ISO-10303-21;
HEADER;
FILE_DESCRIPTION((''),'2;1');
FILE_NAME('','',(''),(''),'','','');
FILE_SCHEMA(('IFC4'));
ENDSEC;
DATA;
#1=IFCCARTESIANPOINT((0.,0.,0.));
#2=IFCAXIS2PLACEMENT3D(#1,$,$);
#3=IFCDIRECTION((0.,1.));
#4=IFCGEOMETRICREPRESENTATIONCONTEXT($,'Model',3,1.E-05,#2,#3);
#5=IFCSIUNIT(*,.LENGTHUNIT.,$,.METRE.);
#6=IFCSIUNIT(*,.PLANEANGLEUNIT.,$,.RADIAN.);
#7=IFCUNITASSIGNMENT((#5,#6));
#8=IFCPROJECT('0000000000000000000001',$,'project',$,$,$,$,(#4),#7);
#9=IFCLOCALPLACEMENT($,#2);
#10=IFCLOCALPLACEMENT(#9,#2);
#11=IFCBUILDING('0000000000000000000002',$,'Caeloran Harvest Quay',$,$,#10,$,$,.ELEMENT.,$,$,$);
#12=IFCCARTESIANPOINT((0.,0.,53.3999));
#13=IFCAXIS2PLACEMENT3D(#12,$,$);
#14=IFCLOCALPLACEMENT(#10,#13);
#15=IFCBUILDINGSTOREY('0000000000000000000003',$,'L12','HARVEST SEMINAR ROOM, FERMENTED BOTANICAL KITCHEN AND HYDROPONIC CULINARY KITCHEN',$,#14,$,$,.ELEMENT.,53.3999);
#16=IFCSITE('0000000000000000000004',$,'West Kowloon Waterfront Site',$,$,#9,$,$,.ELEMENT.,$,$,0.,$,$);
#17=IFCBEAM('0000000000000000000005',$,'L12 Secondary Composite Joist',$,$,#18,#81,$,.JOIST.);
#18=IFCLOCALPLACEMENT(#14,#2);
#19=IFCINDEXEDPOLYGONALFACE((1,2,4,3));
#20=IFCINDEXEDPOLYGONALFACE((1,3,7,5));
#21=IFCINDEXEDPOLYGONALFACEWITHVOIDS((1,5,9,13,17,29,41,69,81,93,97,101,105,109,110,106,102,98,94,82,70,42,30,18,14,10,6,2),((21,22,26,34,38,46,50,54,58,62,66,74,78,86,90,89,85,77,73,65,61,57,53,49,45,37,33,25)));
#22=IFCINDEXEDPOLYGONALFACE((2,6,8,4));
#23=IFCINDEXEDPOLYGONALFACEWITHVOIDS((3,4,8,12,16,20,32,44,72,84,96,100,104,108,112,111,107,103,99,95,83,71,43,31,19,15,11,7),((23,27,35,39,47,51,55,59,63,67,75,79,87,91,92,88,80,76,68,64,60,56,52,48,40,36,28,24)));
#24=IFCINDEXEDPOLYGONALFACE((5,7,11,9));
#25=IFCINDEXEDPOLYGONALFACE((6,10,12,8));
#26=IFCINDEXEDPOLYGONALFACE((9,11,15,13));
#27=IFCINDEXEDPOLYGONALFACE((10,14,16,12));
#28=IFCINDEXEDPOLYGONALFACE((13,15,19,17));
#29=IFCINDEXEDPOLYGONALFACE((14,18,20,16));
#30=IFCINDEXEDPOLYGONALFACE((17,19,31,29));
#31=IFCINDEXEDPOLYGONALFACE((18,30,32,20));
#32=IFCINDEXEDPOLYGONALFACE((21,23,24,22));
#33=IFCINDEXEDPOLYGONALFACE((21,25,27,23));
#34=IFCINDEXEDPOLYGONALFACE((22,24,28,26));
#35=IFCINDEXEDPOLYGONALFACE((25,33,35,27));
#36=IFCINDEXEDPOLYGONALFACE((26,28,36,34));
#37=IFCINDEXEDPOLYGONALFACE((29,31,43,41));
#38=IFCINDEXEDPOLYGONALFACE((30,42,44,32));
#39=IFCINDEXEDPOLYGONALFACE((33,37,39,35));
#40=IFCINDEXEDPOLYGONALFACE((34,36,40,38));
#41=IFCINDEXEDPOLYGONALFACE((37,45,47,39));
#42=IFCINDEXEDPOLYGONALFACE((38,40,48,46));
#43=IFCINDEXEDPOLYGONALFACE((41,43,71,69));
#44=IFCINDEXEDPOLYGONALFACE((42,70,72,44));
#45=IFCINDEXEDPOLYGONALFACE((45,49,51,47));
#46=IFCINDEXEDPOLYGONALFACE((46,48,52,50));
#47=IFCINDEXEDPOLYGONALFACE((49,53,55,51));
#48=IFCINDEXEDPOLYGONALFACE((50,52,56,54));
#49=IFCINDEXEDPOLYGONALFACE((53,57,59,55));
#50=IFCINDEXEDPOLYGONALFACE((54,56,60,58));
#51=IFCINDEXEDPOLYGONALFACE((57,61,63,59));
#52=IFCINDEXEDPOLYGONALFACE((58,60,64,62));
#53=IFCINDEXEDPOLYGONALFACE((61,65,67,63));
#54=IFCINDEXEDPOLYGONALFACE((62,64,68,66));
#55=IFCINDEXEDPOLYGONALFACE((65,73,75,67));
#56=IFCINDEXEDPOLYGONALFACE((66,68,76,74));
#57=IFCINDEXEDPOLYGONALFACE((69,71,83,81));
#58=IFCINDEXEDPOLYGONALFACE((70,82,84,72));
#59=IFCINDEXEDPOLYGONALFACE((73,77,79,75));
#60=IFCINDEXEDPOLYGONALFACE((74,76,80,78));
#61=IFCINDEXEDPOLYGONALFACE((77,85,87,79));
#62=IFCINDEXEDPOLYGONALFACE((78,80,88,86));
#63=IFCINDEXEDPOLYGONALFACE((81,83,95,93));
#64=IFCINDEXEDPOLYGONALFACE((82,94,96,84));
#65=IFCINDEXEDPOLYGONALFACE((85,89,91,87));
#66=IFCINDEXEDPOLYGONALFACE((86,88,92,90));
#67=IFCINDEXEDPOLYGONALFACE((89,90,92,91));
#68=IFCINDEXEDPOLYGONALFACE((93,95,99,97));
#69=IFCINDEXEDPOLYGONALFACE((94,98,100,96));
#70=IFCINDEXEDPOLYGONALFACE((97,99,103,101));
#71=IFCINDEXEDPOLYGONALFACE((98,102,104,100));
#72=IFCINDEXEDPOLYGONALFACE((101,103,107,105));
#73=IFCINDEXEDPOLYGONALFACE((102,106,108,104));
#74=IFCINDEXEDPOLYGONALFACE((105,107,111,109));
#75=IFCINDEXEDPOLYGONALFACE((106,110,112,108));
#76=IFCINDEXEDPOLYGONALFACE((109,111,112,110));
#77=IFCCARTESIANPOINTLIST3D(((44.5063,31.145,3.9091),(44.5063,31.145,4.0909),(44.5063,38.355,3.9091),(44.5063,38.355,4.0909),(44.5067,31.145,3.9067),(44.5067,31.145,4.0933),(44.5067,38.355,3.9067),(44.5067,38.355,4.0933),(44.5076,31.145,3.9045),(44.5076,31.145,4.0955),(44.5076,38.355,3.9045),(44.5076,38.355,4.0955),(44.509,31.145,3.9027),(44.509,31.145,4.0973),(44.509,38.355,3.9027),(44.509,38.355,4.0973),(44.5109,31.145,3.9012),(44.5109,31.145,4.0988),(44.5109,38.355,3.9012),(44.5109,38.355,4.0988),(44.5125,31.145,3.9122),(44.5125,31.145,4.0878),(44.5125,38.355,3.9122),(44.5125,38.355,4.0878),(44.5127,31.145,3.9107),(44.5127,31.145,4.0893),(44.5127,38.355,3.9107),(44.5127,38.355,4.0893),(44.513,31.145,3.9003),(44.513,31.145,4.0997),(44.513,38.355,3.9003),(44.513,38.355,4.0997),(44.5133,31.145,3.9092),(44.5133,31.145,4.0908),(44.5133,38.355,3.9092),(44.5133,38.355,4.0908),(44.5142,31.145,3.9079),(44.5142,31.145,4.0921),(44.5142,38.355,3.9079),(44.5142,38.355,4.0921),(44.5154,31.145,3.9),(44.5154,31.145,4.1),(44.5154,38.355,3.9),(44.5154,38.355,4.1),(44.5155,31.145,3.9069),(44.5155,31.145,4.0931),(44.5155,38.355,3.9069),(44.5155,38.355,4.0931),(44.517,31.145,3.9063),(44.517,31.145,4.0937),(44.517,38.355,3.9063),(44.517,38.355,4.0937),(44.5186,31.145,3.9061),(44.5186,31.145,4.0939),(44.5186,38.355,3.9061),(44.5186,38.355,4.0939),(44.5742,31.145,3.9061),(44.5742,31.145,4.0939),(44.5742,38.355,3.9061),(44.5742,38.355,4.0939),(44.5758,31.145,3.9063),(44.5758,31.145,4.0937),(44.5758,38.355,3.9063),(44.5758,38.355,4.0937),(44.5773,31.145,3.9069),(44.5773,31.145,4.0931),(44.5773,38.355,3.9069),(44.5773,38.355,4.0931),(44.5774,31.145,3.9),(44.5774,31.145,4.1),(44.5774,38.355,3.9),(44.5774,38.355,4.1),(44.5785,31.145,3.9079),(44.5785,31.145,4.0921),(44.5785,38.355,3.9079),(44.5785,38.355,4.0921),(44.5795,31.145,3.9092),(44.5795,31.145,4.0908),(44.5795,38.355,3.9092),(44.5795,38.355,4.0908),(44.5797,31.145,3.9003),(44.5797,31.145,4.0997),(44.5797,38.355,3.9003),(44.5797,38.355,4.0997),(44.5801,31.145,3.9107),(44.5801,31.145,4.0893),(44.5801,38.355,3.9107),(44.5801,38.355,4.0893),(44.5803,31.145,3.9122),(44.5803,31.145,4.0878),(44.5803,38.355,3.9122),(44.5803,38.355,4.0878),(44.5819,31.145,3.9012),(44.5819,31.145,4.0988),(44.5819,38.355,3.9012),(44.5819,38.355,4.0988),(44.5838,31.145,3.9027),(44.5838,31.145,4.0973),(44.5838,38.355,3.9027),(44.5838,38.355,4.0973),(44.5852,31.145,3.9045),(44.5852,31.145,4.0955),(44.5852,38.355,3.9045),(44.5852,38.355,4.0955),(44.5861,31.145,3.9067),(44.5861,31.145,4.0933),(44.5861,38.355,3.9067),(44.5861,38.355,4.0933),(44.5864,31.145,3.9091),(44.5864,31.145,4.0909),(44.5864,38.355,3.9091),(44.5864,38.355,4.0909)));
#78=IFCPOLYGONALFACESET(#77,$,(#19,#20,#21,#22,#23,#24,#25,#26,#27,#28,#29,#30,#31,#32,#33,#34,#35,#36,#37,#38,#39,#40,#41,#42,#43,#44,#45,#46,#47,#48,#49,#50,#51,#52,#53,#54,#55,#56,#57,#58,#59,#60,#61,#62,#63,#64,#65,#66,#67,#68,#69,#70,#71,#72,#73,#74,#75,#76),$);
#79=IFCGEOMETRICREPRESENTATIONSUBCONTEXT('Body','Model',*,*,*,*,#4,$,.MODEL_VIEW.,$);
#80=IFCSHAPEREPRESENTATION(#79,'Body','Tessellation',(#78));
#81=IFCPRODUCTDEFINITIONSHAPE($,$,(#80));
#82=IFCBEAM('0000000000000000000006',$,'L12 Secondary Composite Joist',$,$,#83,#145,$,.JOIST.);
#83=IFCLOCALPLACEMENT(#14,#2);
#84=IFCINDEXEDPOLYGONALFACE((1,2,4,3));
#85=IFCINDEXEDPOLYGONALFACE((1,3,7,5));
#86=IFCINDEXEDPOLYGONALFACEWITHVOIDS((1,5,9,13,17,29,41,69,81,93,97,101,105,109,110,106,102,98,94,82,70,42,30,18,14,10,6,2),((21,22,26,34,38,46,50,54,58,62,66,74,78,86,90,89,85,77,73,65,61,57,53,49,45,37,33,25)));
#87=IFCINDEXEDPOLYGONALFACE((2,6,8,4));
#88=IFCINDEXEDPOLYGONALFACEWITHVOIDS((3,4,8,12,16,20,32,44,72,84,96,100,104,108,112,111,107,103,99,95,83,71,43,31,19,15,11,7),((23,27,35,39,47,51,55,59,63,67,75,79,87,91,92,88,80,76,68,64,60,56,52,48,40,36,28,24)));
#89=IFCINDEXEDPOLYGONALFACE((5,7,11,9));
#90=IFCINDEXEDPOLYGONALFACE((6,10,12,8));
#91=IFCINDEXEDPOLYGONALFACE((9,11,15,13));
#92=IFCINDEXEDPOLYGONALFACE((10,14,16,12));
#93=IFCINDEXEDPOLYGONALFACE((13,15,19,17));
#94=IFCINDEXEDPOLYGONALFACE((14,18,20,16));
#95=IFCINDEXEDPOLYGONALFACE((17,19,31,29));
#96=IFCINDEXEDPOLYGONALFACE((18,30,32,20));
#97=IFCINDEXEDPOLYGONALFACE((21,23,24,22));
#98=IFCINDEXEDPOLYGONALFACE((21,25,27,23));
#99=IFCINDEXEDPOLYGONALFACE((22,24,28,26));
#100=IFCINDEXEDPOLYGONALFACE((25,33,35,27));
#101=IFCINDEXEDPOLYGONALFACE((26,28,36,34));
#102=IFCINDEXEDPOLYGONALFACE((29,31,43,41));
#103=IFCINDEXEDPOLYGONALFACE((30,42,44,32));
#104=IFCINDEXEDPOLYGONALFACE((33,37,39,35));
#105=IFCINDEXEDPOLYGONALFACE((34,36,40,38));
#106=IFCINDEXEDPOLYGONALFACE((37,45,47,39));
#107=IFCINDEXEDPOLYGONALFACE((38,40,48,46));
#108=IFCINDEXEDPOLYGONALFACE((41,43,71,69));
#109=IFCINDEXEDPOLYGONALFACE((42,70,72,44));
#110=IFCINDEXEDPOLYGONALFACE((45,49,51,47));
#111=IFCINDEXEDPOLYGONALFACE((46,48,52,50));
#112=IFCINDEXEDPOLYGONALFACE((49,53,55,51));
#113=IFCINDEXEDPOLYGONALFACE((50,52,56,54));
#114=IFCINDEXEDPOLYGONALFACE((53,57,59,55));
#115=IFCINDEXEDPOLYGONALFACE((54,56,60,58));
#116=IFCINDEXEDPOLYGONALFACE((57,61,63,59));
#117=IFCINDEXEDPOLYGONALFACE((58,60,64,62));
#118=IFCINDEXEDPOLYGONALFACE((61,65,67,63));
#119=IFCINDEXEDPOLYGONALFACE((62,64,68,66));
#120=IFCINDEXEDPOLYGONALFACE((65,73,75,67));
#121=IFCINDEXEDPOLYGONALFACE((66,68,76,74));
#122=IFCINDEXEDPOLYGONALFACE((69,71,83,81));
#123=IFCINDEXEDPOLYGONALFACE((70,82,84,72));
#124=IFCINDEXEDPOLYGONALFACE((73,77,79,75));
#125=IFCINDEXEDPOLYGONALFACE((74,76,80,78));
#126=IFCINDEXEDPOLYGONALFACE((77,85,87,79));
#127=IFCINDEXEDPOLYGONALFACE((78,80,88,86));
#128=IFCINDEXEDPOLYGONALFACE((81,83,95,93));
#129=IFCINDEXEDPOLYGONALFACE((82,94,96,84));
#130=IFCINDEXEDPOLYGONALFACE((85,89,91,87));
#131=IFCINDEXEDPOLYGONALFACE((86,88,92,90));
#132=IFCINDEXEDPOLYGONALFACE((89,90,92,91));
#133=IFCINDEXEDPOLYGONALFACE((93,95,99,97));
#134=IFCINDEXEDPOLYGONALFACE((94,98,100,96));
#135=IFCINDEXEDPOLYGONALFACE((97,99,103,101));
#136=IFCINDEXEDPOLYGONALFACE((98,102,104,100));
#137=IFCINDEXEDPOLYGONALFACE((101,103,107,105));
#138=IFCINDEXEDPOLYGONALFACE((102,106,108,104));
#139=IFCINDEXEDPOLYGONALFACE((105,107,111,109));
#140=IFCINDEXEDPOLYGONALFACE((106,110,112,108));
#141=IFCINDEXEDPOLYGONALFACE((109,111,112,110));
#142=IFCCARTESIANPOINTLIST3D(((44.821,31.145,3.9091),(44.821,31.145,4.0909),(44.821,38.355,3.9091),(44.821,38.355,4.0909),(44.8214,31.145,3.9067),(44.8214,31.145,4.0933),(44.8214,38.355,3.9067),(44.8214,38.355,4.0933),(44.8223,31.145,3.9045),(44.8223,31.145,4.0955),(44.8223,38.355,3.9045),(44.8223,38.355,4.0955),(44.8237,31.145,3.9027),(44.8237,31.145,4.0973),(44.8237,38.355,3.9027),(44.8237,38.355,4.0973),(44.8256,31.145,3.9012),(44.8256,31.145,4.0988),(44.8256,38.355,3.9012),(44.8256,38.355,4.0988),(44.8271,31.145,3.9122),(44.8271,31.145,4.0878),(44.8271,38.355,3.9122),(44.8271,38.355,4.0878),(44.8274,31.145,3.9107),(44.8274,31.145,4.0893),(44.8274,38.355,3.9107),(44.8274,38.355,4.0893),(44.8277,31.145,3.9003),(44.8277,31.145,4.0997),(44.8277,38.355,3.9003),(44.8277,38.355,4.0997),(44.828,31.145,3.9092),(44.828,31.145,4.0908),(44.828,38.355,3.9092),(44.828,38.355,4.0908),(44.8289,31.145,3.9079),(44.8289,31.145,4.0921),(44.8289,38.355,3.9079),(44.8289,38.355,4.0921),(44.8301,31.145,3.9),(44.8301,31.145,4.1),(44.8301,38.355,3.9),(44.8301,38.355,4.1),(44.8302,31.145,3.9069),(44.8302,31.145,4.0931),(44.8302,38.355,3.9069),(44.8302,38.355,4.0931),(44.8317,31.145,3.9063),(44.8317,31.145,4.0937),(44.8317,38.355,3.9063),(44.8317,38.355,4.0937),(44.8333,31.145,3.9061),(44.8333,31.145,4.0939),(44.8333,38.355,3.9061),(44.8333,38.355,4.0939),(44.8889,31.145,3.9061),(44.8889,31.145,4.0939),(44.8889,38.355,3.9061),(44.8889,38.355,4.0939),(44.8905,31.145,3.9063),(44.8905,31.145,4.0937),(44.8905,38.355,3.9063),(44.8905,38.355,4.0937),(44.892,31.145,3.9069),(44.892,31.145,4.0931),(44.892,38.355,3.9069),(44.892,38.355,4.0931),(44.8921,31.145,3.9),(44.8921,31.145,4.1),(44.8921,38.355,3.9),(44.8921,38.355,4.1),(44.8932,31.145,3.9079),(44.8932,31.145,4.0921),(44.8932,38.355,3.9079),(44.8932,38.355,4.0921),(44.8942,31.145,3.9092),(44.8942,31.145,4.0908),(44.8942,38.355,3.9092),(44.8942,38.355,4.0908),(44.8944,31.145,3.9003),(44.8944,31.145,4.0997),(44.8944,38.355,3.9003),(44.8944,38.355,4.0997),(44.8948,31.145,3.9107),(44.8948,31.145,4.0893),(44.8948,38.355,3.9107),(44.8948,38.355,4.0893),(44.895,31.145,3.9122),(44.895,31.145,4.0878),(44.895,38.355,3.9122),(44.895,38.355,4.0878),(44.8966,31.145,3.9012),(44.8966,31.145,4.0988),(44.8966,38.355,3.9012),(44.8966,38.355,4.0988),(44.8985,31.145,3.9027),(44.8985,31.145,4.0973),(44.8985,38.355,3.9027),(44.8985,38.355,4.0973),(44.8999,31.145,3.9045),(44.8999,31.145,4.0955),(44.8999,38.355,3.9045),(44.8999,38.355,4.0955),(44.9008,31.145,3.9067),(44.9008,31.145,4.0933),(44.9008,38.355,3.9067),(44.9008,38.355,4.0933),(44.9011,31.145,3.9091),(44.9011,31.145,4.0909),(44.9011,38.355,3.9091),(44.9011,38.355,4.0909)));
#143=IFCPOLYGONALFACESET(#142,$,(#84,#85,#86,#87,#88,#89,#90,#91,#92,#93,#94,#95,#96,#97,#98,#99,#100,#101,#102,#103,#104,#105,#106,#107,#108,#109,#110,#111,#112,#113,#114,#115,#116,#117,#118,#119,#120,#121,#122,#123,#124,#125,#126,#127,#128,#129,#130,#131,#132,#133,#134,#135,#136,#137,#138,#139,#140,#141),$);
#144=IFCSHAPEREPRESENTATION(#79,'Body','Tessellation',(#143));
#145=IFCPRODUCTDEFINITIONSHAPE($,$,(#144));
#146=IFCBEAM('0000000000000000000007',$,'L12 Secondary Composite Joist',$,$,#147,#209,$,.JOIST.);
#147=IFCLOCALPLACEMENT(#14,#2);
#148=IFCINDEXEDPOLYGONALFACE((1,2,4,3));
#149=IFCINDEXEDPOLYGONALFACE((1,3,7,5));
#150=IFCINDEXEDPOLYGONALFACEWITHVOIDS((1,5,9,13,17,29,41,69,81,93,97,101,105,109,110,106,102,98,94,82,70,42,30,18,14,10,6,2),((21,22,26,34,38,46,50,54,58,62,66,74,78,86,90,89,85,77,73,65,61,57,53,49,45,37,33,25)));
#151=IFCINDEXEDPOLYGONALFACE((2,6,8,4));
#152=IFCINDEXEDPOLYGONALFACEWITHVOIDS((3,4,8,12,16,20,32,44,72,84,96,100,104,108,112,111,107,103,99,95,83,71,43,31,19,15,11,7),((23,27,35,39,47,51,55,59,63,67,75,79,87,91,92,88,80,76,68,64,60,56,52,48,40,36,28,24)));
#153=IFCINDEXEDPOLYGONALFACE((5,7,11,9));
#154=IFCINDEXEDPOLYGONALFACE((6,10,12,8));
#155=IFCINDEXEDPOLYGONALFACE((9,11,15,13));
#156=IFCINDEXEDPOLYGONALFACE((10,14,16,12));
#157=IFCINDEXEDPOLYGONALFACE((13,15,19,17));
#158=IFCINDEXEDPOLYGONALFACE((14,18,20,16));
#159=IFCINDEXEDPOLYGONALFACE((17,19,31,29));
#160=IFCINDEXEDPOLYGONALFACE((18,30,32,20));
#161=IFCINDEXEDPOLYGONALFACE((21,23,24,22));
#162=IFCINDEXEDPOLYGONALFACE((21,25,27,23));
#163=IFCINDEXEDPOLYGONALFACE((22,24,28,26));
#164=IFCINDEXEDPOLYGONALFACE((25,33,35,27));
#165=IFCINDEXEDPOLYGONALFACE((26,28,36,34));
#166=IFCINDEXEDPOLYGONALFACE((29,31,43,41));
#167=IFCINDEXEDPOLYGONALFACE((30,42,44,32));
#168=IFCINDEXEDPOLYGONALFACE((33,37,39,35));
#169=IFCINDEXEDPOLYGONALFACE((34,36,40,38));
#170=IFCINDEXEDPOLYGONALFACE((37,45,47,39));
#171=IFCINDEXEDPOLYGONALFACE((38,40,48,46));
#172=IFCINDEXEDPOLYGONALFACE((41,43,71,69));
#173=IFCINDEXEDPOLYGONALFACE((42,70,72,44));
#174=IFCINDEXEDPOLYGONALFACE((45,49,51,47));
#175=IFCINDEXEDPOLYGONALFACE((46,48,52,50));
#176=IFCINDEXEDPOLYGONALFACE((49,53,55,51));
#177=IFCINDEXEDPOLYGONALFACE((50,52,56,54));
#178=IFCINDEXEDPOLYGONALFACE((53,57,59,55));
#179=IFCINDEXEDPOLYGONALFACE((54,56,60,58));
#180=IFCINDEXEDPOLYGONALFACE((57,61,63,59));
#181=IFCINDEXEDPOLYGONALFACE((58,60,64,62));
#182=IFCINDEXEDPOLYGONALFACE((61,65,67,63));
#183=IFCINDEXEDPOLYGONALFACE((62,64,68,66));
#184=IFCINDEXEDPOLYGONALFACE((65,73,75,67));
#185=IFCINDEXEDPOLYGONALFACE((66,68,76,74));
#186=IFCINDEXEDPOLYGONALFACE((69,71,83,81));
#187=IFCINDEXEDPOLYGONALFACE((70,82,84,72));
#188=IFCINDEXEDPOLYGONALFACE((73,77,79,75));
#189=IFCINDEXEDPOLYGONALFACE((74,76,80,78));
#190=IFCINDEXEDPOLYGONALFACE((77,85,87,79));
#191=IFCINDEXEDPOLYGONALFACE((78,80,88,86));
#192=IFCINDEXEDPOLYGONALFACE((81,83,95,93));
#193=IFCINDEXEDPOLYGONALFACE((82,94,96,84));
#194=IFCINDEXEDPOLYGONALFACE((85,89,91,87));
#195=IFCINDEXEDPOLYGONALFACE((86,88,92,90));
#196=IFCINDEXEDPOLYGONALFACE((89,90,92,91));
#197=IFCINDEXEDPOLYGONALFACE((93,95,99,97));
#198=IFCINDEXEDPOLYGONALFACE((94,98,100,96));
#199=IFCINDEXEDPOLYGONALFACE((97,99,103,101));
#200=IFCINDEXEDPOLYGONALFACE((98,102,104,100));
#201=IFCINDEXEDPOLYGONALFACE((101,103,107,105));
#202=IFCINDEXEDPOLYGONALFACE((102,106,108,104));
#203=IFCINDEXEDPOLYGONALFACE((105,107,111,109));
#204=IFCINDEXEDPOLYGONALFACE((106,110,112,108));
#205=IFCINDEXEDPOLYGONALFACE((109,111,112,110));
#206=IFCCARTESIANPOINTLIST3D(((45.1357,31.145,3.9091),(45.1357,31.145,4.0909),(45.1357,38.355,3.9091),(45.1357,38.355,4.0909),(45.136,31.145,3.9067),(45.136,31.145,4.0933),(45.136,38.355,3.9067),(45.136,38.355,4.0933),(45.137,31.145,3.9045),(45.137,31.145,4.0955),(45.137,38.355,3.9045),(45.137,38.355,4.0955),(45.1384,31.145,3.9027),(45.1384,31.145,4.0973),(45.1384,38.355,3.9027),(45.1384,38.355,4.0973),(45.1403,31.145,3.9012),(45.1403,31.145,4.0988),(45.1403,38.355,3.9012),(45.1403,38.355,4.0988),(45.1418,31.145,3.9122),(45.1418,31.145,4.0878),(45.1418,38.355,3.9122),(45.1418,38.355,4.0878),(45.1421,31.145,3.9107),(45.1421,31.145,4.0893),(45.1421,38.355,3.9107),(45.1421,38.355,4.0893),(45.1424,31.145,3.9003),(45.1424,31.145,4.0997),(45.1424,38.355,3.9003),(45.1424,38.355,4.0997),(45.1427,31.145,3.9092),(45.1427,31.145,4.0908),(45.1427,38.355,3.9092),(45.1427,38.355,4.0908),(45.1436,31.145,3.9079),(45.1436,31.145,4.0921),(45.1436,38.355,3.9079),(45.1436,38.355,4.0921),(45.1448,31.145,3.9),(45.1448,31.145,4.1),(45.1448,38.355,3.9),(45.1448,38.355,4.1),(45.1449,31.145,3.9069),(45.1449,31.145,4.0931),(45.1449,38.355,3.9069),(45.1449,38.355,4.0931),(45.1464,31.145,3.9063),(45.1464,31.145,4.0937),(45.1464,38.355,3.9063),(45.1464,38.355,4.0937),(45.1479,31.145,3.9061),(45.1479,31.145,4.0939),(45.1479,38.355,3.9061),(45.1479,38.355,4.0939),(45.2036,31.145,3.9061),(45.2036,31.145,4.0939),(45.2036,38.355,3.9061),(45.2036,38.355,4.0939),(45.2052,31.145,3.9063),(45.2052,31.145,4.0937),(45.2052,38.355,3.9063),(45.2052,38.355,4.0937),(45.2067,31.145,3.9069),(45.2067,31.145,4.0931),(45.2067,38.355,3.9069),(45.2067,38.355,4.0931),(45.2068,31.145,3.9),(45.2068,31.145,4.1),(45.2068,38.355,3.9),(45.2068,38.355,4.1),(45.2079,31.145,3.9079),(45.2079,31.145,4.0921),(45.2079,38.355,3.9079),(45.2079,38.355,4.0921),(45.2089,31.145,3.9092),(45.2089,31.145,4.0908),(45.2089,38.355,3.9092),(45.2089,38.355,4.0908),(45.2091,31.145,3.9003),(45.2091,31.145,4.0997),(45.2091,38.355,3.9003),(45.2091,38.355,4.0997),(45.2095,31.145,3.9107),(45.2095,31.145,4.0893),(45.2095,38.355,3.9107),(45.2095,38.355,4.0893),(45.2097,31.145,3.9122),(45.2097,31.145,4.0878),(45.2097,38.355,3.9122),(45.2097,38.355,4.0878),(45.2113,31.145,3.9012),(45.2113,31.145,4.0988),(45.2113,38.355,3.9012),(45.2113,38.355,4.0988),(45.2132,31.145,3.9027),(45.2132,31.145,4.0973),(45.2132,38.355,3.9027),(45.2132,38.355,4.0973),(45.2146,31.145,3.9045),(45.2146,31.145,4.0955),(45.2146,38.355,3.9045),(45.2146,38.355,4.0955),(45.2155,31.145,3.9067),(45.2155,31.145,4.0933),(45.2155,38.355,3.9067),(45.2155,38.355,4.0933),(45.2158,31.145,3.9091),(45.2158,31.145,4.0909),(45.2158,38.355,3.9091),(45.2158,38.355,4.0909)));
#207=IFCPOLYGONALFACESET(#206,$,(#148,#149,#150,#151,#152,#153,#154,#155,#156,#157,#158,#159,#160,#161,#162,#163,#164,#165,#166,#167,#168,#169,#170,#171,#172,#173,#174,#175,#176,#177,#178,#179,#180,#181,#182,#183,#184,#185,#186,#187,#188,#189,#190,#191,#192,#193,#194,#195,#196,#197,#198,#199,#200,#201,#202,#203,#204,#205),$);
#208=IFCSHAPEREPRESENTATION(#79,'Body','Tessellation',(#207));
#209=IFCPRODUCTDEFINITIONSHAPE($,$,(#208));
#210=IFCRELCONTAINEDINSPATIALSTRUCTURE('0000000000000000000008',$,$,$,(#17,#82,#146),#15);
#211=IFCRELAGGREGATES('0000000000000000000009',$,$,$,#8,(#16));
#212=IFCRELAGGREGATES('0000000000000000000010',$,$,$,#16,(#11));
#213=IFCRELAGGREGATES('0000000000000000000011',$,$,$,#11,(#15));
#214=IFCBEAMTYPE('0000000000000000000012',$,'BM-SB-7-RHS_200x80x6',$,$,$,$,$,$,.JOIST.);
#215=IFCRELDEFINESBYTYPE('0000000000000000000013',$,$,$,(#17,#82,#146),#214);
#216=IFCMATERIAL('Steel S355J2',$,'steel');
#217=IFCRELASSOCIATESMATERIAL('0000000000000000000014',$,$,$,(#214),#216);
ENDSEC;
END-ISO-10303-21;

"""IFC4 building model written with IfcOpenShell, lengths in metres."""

from ifc_helpers import new_model, si_unit, direction, frame, origin, origin_2d, place, context, subcontext, project, spatial, hollow_rectangle, extrude, material, material_profile, profile_set, type_object, element, save


model = new_model("IFC4")

# Units and contexts
model_context = context("Model", 3, precision=1e-05, world=origin(), true_north=direction((0.0, 1.0)))
body_context = subcontext(model_context, "Body", "Model", "MODEL_VIEW")
ifc_project = project(units=[si_unit("LENGTHUNIT", "METRE"), si_unit("PLANEANGLEUNIT", "RADIAN")], contexts=[model_context])

# Site, building, storey
site_placement = place(None, origin())
site = spatial("IfcSite", under=ifc_project, at=site_placement, Name="West Kowloon Waterfront Site", CompositionType="ELEMENT", RefElevation=0.0)
building_placement = place(site_placement, origin())
building = spatial("IfcBuilding", under=site, at=building_placement, Name="Caeloran Harvest Quay", CompositionType="ELEMENT")
storey_placement = place(building_placement, frame((0.0, 0.0, 53.3999)))
storey = spatial("IfcBuildingStorey", under=building, at=storey_placement, Name="L12", Description="HARVEST SEMINAR ROOM, FERMENTED BOTANICAL KITCHEN AND HYDROPONIC CULINARY KITCHEN", CompositionType="ELEMENT", Elevation=53.3999)

# Beams
ifc_material_1 = material(Name="Steel S355J2", Category="steel")
ifc_material_profile_1 = material_profile(ifc_material_1, hollow_rectangle(XDim=0.0801, YDim=0.2, WallThickness=0.0061, InnerFilletRadius=0.0061, OuterFilletRadius=0.009, at=origin_2d()), Name="RHS 200x80x6")
ifc_profile_set_1 = profile_set([ifc_material_profile_1], Name="Steel S355J2")
beam_type_1 = type_object("IfcBeamType", Name="BM-SB-7-RHS_200x80x6", PredefinedType="JOIST", material=ifc_profile_set_1)
for number, where, z_axis, x_axis, name in (
    (1, (44.5464, 31.145, 4.0), (0.0, 1.0, 0.0), (-1.0, 0.0, 0.0), "L12 Secondary Composite Joist"),
    (2, (44.8611, 31.145, 4.0), (0.0, 1.0, 0.0), (-1.0, 0.0, 0.0), "L12 Secondary Composite Joist"),
    (3, (45.1758, 31.145, 4.0), (0.0, 1.0, 0.0), (-1.0, 0.0, 0.0), "L12 Secondary Composite Joist"),
):
    element("IfcBeam", number, at=place(storey_placement, frame(where, z_axis=z_axis, x_axis=x_axis)), inside=storey, type_object=beam_type_1, Name=name, PredefinedType="JOIST", context=body_context, shape_type="SweptSolid", body=[
        extrude(hollow_rectangle(XDim=0.0801, YDim=0.2, WallThickness=0.0061, InnerFilletRadius=0.0061, OuterFilletRadius=0.009, at=origin_2d()), origin(), (0.0, 0.0, 1.0), 7.21),
    ])

save(model, "model.ifc")
